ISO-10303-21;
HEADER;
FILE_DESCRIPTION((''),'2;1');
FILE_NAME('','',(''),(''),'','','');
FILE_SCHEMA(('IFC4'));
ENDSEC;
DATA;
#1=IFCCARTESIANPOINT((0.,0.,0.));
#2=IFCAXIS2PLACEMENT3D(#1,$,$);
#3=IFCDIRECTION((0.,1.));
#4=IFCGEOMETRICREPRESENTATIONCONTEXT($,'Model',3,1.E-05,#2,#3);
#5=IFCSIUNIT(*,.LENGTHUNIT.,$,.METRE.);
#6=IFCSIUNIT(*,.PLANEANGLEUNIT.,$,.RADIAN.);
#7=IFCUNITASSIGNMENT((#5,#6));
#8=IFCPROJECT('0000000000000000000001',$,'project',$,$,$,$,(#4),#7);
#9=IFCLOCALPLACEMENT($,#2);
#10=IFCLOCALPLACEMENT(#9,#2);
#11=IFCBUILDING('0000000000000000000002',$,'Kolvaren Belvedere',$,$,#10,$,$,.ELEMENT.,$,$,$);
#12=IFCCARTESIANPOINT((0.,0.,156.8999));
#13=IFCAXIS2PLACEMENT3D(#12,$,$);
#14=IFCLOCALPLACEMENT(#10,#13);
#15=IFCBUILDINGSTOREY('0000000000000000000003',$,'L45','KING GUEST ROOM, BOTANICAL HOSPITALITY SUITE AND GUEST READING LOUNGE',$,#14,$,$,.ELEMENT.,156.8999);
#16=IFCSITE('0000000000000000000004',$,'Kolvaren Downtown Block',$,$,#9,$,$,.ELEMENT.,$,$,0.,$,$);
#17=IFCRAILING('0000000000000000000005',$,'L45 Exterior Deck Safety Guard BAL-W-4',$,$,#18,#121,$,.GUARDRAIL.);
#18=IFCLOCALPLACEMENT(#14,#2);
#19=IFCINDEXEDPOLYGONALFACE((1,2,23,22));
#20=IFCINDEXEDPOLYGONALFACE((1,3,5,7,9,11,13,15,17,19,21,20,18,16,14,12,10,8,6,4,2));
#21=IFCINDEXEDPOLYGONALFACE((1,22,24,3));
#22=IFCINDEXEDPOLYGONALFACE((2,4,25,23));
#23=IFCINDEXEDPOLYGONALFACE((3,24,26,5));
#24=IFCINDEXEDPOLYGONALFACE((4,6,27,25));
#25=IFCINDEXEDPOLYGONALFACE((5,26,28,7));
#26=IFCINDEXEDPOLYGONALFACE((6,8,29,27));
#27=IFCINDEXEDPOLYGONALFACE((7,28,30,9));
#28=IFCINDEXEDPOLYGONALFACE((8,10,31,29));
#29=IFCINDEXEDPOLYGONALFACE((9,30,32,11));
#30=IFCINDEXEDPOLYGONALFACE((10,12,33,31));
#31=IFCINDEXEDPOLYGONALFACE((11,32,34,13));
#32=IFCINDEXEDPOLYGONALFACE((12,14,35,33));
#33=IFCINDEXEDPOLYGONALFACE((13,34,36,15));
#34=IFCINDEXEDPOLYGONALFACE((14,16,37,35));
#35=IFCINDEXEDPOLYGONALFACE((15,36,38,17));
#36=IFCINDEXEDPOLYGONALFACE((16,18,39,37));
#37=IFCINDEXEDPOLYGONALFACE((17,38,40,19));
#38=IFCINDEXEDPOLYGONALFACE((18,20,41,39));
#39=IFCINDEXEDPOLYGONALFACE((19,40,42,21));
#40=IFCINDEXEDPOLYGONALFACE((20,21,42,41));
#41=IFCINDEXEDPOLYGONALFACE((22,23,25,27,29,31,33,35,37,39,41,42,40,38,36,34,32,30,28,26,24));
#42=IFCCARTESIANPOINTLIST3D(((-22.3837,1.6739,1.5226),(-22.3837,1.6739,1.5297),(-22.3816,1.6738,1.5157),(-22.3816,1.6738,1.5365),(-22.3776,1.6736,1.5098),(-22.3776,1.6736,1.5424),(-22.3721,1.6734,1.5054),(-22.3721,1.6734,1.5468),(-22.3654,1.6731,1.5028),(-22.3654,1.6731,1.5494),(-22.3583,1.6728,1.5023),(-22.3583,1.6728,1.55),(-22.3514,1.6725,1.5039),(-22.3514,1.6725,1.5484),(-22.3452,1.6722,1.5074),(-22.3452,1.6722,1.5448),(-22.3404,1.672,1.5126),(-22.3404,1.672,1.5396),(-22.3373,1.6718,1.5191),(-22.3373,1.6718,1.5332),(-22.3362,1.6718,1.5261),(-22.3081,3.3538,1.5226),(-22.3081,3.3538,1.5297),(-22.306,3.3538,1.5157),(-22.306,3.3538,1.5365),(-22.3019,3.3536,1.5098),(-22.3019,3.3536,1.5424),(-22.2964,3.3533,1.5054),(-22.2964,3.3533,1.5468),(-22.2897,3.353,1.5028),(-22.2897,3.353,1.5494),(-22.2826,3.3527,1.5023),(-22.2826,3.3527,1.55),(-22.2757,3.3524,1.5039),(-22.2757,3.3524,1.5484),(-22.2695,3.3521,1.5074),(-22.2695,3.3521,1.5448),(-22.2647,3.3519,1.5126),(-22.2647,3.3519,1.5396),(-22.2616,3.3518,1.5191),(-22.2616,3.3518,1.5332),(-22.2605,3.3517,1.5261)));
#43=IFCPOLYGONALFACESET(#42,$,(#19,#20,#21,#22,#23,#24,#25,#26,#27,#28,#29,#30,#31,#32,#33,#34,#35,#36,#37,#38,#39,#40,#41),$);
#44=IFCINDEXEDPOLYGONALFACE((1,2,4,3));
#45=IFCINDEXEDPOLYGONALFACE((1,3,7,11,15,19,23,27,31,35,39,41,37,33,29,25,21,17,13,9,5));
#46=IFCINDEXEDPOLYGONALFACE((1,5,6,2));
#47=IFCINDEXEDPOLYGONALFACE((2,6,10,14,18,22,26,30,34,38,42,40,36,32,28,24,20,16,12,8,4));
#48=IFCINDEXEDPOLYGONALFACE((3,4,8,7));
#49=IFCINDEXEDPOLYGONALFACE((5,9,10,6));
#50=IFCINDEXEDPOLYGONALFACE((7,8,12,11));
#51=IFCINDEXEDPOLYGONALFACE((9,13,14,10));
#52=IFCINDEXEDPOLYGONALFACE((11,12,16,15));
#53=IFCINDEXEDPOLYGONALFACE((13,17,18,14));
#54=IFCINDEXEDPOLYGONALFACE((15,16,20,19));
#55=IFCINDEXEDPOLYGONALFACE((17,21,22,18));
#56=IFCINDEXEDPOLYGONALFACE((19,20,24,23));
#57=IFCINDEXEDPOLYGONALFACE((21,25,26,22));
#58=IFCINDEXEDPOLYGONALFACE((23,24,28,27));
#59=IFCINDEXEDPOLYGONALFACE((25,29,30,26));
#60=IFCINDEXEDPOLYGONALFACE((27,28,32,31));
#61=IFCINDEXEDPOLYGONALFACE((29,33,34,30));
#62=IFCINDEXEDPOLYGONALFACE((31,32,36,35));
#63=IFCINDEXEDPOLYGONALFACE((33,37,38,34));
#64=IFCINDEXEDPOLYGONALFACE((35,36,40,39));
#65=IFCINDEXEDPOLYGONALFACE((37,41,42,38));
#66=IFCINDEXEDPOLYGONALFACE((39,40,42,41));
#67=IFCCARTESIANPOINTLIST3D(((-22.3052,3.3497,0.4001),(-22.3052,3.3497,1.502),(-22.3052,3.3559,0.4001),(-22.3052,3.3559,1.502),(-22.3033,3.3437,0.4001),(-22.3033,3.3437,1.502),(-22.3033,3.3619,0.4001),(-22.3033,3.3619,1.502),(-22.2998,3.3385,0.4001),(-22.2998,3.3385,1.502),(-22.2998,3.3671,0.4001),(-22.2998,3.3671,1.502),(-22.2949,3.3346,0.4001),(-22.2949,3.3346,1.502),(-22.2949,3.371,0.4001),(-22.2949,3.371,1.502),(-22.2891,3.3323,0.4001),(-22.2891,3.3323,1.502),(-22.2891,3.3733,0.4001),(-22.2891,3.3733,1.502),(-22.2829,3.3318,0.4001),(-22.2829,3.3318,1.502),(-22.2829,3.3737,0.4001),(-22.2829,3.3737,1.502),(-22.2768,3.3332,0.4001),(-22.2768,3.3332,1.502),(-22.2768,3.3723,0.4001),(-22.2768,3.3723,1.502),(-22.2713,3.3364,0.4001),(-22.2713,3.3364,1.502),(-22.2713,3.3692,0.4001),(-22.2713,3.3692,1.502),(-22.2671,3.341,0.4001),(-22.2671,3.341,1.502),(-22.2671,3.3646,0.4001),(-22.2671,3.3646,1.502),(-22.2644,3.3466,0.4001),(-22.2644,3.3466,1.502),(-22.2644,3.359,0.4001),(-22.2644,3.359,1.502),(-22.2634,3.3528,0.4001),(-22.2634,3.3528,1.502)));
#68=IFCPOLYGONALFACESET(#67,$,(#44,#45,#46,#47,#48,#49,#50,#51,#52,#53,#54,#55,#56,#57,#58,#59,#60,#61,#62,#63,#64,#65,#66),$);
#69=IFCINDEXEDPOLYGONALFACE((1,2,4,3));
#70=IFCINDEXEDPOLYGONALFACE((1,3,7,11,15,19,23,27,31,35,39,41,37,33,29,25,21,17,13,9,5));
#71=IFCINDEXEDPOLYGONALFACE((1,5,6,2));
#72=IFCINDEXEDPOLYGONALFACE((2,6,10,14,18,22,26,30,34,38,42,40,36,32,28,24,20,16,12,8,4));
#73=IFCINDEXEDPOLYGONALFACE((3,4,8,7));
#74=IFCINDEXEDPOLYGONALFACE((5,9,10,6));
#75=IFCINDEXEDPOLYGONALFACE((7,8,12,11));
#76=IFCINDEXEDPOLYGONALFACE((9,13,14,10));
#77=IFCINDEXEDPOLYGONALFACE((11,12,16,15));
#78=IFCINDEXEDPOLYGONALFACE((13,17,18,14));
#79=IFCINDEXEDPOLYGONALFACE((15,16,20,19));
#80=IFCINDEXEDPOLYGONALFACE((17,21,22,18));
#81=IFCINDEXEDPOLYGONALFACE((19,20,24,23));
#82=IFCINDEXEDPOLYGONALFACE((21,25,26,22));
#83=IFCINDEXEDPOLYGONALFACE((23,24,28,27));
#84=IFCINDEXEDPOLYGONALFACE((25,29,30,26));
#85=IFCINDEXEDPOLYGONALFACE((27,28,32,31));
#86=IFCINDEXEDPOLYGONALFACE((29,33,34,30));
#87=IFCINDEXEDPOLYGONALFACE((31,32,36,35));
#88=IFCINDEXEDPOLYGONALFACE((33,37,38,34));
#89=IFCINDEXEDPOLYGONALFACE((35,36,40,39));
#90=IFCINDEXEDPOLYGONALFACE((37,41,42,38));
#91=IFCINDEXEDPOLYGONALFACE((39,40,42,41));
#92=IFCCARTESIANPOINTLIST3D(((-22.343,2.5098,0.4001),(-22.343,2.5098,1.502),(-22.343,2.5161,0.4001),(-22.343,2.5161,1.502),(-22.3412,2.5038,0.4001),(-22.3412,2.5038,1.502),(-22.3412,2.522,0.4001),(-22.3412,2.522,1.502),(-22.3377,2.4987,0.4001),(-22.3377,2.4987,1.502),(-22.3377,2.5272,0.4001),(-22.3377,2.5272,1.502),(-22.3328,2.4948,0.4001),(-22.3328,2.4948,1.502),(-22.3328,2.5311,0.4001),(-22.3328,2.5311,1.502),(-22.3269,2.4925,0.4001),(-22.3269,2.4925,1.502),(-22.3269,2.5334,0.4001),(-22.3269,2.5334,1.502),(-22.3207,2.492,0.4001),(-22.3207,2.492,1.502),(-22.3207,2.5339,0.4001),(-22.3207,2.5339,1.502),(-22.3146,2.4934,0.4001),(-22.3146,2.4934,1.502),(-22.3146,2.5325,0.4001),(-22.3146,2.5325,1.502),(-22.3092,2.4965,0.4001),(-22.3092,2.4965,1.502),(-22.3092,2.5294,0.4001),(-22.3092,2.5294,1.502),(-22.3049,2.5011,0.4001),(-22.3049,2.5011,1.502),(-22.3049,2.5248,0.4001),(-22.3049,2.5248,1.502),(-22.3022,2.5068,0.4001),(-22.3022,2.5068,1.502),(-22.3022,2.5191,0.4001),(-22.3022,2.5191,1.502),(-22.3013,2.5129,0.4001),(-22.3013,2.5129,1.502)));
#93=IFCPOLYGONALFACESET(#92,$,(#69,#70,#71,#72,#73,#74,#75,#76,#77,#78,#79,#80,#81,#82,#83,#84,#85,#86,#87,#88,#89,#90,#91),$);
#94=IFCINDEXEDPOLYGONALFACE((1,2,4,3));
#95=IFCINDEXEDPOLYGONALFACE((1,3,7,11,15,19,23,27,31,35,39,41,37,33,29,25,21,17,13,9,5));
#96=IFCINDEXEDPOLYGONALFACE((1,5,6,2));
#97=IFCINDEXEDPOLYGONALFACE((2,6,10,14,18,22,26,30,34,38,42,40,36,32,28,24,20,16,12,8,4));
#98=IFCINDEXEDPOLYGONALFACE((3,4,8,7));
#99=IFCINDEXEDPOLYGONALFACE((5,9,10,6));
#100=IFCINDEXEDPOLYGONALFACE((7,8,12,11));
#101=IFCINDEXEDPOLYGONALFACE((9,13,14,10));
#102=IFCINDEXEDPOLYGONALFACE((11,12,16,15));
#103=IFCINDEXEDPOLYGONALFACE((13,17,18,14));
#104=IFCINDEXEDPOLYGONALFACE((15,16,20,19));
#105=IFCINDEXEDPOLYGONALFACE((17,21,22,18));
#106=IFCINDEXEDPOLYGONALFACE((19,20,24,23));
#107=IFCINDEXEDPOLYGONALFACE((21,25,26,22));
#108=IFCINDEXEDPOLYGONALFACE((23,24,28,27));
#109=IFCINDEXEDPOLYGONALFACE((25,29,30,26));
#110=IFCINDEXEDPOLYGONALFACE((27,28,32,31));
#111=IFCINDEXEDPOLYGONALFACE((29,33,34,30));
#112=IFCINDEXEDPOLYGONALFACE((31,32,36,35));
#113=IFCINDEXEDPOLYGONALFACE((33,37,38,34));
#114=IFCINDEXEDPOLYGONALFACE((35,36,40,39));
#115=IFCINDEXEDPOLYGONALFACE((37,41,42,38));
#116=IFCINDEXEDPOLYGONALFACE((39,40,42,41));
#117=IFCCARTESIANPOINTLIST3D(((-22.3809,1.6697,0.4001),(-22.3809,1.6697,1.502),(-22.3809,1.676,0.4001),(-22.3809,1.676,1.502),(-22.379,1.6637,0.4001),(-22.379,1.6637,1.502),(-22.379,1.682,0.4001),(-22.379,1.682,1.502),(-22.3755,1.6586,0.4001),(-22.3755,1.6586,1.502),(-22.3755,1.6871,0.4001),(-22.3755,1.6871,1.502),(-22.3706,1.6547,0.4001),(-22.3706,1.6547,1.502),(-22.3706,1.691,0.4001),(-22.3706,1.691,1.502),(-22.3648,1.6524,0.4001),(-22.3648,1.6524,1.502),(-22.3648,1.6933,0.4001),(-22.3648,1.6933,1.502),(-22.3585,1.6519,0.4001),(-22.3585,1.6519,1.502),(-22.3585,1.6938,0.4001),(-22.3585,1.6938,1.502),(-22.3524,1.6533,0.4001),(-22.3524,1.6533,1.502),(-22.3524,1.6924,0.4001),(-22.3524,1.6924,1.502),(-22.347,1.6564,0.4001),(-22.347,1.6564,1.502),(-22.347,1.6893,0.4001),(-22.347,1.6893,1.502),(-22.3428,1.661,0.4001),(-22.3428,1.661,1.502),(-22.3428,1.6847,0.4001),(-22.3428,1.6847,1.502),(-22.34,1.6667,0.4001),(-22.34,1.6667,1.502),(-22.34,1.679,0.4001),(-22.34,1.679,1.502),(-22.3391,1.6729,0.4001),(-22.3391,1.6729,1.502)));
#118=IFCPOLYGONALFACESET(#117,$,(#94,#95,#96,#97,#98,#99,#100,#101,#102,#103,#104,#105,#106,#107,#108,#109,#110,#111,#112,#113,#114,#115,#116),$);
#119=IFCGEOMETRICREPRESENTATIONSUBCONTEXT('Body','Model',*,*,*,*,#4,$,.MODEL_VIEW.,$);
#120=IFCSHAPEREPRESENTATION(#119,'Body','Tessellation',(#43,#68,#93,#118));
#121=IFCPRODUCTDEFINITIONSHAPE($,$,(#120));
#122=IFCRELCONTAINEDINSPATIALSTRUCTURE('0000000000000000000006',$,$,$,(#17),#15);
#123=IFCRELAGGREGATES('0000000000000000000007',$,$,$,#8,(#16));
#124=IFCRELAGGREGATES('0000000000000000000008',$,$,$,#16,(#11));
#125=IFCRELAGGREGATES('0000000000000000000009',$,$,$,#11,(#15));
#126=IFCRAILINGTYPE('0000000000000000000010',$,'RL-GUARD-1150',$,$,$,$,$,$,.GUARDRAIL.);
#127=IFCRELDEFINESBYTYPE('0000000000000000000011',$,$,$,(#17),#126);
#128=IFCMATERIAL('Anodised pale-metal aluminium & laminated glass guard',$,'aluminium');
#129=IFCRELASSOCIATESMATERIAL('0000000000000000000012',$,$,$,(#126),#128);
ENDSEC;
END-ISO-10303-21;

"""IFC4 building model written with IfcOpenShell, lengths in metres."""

from ifc_helpers import new_model, si_unit, direction, frame, origin, origin_2d, place, context, subcontext, project, spatial, circle, extrude, material, type_object, element, save


model = new_model("IFC4")

# Units and contexts
model_context = context("Model", 3, precision=1e-05, world=origin(), true_north=direction((0.0, 1.0)))
body_context = subcontext(model_context, "Body", "Model", "MODEL_VIEW")
ifc_project = project(units=[si_unit("LENGTHUNIT", "METRE"), si_unit("PLANEANGLEUNIT", "RADIAN")], contexts=[model_context])

# Site, building, storey
site_placement = place(None, origin())
site = spatial("IfcSite", under=ifc_project, at=site_placement, Name="Kolvaren Downtown Block", CompositionType="ELEMENT", RefElevation=0.0)
building_placement = place(site_placement, origin())
building = spatial("IfcBuilding", under=site, at=building_placement, Name="Kolvaren Belvedere", CompositionType="ELEMENT")
storey_placement = place(building_placement, frame((0.0, 0.0, 156.8999)))
storey = spatial("IfcBuildingStorey", under=building, at=storey_placement, Name="L45", Description="KING GUEST ROOM, BOTANICAL HOSPITALITY SUITE AND GUEST READING LOUNGE", CompositionType="ELEMENT", Elevation=156.8999)

# Railing
ifc_material_1 = material(Name="Anodised pale-metal aluminium & laminated glass guard", Category="aluminium")
railing_type = type_object("IfcRailingType", Name="RL-GUARD-1150", PredefinedType="GUARDRAIL", material=ifc_material_1)
railing_1_placement = place(storey_placement, frame((-22.2844, 3.3528, 0.4001)))
element("IfcRailing", 1, at=railing_1_placement, inside=storey, type_object=railing_type, Name="L45 Exterior Deck Safety Guard BAL-W-4", PredefinedType="GUARDRAIL", context=body_context, shape_type="SweptSolid", body=[
    extrude(circle(Radius=0.0239, at=origin_2d()), frame((0.0, 0.0, 1.126), z_axis=(-0.045006, -0.998987, 0.0), x_axis=(0.998987, -0.045006, 0.0)), (0.0, 0.0, 1.0), 1.6816),
    extrude(circle(Radius=0.021, at=origin_2d()), origin(), (0.0, 0.0, 1.0), 1.1018),
    extrude(circle(Radius=0.021, at=origin_2d()), frame((-0.0378, -0.8398, 0.0)), (0.0, 0.0, 1.0), 1.1018),
    extrude(circle(Radius=0.021, at=origin_2d()), frame((-0.0757, -1.6799, 0.0)), (0.0, 0.0, 1.0), 1.1018),
])

save(model, "model.ifc")
